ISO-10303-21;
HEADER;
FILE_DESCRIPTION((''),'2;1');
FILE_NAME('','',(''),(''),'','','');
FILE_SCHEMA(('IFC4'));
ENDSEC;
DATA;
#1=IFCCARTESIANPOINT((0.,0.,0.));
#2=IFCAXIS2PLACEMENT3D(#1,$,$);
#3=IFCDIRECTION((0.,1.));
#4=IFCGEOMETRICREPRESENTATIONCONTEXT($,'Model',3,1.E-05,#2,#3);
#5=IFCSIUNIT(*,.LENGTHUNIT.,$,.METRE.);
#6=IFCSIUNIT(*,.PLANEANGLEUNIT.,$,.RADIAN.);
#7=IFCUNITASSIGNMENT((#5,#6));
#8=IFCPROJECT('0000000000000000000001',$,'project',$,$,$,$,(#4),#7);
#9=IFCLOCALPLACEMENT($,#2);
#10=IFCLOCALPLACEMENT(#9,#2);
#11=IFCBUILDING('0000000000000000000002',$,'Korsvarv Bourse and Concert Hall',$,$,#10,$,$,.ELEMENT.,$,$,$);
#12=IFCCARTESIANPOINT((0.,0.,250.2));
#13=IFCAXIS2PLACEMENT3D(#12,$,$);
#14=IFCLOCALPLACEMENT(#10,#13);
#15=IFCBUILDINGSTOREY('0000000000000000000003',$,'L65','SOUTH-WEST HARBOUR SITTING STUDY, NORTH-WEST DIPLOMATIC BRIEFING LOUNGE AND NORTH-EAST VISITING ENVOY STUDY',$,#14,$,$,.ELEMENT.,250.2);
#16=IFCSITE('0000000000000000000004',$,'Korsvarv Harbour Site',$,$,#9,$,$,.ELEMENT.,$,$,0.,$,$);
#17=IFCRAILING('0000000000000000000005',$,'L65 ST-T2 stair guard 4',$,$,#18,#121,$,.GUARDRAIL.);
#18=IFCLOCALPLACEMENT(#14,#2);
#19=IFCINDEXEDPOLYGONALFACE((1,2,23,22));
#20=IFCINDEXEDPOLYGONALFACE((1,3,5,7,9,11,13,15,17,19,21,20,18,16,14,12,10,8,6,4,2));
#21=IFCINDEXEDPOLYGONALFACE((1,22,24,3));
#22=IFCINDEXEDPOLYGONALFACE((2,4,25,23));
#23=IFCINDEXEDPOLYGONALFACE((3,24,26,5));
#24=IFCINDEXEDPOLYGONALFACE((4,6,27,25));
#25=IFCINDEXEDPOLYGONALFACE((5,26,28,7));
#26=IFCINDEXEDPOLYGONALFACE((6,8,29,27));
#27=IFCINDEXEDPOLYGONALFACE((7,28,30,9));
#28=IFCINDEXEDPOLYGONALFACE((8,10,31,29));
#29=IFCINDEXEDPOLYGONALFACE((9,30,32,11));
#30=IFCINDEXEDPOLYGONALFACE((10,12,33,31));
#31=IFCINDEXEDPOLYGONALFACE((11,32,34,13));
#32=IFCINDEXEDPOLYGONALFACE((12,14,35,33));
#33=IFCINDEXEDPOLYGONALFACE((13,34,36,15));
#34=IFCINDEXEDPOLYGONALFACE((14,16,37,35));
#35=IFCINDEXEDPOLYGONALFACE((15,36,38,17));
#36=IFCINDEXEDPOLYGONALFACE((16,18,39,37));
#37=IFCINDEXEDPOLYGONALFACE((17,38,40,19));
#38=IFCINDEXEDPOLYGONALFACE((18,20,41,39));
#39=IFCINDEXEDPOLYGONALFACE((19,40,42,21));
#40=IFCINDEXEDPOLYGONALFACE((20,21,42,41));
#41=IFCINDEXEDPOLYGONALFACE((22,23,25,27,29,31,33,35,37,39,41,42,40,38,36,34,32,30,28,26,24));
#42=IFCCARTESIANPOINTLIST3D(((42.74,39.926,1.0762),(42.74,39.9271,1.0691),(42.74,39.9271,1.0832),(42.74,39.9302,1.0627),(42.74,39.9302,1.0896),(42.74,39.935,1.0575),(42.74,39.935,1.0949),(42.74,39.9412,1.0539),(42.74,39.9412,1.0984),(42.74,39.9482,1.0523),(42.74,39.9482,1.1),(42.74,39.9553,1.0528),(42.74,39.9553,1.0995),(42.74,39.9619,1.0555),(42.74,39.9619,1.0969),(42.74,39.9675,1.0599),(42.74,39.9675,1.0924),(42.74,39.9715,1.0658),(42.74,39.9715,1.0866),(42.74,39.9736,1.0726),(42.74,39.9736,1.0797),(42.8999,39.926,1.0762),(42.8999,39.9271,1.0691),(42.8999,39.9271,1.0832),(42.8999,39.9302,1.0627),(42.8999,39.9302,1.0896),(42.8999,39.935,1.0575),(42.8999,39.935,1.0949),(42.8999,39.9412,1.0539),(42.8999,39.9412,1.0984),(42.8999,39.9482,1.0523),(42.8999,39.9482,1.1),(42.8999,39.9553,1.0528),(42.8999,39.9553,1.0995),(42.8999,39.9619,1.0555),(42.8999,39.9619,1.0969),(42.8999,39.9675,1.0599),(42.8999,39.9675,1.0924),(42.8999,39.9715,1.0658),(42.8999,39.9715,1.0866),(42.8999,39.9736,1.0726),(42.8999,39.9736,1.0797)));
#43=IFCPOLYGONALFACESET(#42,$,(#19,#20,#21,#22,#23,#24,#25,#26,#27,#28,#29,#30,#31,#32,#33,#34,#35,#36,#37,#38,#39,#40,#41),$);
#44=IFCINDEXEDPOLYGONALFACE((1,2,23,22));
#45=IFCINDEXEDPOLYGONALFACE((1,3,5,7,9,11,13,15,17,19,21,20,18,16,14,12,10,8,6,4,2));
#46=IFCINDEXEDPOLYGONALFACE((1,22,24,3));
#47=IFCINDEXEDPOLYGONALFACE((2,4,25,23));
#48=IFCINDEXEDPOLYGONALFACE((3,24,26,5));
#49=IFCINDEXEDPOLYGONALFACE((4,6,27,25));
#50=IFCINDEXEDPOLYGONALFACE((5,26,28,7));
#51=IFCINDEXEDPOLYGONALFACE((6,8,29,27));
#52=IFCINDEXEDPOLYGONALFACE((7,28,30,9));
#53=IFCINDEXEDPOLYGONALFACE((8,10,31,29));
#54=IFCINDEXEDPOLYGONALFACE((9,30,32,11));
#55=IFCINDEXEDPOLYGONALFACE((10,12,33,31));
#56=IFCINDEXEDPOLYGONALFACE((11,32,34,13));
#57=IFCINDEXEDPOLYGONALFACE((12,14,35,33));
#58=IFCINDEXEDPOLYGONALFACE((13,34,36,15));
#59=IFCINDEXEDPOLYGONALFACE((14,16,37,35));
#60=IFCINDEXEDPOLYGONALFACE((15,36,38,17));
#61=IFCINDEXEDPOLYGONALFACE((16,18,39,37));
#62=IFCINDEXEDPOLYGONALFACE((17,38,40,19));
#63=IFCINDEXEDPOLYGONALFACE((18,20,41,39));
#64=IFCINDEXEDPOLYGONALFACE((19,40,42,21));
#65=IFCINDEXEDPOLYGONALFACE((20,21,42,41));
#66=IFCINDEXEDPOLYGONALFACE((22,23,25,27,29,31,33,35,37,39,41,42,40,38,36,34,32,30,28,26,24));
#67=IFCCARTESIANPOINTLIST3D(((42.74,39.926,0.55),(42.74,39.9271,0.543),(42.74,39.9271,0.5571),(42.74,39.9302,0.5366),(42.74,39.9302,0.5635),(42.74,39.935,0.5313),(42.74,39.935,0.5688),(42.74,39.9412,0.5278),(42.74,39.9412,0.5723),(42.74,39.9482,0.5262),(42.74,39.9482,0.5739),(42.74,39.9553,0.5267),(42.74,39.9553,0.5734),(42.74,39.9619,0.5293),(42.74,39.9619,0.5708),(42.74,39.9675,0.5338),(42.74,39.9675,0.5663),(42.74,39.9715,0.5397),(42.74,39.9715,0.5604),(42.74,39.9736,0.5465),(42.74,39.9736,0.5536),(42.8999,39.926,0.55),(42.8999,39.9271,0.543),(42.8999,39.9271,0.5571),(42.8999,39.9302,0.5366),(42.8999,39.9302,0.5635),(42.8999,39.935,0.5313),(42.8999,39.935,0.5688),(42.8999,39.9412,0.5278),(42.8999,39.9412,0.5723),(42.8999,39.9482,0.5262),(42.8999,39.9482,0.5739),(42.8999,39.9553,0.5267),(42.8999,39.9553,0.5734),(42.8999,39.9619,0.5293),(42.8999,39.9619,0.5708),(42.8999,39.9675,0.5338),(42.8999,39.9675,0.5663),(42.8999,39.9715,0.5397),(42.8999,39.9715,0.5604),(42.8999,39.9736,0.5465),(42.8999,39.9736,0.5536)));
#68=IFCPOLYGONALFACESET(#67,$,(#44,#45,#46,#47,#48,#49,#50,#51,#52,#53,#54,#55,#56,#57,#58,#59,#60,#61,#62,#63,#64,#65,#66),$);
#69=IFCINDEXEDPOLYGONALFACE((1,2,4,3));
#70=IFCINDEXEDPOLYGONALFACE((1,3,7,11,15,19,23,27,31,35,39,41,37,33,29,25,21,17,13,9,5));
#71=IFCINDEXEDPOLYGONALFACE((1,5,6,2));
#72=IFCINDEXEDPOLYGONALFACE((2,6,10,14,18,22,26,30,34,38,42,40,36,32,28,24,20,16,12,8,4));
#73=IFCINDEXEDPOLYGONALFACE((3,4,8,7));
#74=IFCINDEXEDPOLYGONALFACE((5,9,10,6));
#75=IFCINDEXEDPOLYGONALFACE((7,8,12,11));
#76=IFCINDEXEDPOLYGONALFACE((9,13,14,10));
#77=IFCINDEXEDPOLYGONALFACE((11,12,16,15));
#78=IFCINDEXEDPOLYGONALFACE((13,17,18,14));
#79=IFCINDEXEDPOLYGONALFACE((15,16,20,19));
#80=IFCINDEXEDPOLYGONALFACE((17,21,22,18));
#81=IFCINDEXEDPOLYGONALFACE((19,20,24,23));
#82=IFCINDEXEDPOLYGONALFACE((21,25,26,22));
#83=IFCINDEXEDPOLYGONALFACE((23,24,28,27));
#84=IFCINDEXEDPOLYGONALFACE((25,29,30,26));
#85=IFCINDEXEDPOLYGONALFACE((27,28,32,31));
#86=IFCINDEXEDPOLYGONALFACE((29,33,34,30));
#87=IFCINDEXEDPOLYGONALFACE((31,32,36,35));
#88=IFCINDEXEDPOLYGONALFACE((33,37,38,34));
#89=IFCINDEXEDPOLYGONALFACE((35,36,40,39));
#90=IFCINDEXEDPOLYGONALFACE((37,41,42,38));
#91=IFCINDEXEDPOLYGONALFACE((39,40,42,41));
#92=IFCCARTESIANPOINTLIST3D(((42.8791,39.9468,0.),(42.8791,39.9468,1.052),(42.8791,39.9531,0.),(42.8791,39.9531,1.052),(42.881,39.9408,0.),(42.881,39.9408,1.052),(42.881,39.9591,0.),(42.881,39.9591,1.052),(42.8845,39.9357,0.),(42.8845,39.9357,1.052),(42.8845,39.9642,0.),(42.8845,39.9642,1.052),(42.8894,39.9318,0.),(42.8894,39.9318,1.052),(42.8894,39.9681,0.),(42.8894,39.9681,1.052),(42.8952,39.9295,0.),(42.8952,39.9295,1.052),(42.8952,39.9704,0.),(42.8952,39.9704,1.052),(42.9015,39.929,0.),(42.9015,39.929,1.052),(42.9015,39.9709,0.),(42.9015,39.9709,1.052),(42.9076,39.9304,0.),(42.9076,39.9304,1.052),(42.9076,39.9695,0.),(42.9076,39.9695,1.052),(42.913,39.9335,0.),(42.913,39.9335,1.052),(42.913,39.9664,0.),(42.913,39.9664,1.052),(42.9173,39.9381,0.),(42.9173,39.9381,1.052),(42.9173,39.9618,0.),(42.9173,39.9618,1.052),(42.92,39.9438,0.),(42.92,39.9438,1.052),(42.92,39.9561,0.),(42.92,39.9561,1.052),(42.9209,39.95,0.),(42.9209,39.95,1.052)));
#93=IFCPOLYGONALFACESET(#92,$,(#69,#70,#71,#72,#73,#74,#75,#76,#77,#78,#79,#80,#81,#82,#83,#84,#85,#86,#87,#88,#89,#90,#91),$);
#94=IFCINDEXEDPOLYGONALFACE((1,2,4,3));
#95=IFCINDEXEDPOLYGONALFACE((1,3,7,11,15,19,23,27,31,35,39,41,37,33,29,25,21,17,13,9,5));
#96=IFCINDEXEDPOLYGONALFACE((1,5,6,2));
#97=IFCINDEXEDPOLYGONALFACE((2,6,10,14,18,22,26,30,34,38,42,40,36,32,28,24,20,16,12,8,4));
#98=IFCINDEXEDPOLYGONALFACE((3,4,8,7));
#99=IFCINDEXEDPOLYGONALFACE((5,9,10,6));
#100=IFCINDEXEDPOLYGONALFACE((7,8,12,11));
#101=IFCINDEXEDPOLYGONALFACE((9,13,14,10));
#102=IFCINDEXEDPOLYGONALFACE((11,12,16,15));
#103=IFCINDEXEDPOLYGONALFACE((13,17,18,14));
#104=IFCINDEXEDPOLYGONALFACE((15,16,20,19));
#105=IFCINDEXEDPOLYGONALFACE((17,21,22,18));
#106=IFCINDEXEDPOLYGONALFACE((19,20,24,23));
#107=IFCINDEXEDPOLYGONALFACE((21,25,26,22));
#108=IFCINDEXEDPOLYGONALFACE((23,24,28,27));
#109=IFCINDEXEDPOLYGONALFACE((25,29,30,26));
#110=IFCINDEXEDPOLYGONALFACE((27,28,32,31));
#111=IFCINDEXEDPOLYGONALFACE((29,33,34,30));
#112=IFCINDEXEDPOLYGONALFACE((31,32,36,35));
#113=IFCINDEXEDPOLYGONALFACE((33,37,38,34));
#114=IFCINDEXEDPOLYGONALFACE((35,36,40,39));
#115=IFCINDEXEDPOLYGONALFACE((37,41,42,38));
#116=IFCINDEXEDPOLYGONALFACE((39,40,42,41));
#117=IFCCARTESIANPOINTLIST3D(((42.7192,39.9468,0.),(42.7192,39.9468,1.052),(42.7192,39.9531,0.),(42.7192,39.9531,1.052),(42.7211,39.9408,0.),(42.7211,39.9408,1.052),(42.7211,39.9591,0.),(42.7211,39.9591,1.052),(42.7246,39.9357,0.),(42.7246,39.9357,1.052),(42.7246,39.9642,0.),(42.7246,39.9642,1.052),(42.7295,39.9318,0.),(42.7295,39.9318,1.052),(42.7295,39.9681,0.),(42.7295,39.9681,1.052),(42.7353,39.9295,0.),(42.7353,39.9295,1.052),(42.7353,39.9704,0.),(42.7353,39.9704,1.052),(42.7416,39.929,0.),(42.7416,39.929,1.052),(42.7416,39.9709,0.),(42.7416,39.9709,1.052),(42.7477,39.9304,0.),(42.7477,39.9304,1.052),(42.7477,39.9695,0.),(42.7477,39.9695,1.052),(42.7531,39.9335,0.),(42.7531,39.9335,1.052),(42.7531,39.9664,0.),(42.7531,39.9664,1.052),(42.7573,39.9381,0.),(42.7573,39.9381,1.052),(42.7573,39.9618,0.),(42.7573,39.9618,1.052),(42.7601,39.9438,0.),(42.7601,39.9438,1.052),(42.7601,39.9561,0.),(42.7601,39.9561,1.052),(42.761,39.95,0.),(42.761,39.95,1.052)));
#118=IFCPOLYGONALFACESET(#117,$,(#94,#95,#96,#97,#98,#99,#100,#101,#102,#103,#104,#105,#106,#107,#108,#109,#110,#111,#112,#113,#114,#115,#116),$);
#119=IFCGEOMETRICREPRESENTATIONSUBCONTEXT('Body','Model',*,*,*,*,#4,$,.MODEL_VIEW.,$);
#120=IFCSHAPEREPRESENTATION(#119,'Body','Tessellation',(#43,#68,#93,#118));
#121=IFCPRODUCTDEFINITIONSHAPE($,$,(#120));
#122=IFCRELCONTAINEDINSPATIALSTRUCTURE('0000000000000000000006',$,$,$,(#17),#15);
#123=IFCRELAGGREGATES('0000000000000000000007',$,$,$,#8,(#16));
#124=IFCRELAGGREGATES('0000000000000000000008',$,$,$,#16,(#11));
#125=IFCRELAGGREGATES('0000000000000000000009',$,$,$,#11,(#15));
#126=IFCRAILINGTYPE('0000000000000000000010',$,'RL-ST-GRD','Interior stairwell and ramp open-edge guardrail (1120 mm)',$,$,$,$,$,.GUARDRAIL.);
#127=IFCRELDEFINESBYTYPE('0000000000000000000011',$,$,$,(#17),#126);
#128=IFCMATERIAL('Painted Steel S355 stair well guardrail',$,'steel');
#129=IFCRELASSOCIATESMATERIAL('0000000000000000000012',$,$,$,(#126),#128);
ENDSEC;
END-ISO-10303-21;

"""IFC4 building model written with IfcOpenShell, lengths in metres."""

from ifc_helpers import new_model, si_unit, direction, frame, origin, origin_2d, place, context, subcontext, project, spatial, circle, extrude, material, type_object, element, save


model = new_model("IFC4")

# Units and contexts
model_context = context("Model", 3, precision=1e-05, world=origin(), true_north=direction((0.0, 1.0)))
body_context = subcontext(model_context, "Body", "Model", "MODEL_VIEW")
ifc_project = project(units=[si_unit("LENGTHUNIT", "METRE"), si_unit("PLANEANGLEUNIT", "RADIAN")], contexts=[model_context])

# Site, building, storey
site_placement = place(None, origin())
site = spatial("IfcSite", under=ifc_project, at=site_placement, Name="Korsvarv Harbour Site", CompositionType="ELEMENT", RefElevation=0.0)
building_placement = place(site_placement, origin())
building = spatial("IfcBuilding", under=site, at=building_placement, Name="Korsvarv Bourse and Concert Hall", CompositionType="ELEMENT")
storey_placement = place(building_placement, frame((0.0, 0.0, 250.2)))
storey = spatial("IfcBuildingStorey", under=building, at=storey_placement, Name="L65", Description="SOUTH-WEST HARBOUR SITTING STUDY, NORTH-WEST DIPLOMATIC BRIEFING LOUNGE AND NORTH-EAST VISITING ENVOY STUDY", CompositionType="ELEMENT", Elevation=250.2)

# Railing
ifc_material_1 = material(Name="Painted Steel S355 stair well guardrail", Category="steel")
railing_type_1 = type_object("IfcRailingType", Name="RL-ST-GRD", Description="Interior stairwell and ramp open-edge guardrail (1120 mm)", PredefinedType="GUARDRAIL", material=ifc_material_1)
railing_1_placement = place(storey_placement, frame((42.8999, 39.95, 0.0)))
element("IfcRailing", 1, at=railing_1_placement, inside=storey, type_object=railing_type_1, Name="L65 ST-T2 stair guard 4", PredefinedType="GUARDRAIL", context=body_context, shape_type="SweptSolid", body=[
    extrude(circle(Radius=0.0239, at=origin_2d()), frame((0.0, 0.0, 1.0762), z_axis=(-1.0, 0.0, 0.0), x_axis=(0.0, -1.0, 0.0)), (0.0, 0.0, 1.0), 0.1599),
    extrude(circle(Radius=0.0239, at=origin_2d()), frame((0.0, 0.0, 0.55), z_axis=(-1.0, 0.0, 0.0), x_axis=(0.0, -1.0, 0.0)), (0.0, 0.0, 1.0), 0.1599),
    extrude(circle(Radius=0.021, at=origin_2d()), origin(), (0.0, 0.0, 1.0), 1.052),
    extrude(circle(Radius=0.021, at=origin_2d()), frame((-0.1599, 0.0, 0.0)), (0.0, 0.0, 1.0), 1.052),
])

save(model, "model.ifc")
